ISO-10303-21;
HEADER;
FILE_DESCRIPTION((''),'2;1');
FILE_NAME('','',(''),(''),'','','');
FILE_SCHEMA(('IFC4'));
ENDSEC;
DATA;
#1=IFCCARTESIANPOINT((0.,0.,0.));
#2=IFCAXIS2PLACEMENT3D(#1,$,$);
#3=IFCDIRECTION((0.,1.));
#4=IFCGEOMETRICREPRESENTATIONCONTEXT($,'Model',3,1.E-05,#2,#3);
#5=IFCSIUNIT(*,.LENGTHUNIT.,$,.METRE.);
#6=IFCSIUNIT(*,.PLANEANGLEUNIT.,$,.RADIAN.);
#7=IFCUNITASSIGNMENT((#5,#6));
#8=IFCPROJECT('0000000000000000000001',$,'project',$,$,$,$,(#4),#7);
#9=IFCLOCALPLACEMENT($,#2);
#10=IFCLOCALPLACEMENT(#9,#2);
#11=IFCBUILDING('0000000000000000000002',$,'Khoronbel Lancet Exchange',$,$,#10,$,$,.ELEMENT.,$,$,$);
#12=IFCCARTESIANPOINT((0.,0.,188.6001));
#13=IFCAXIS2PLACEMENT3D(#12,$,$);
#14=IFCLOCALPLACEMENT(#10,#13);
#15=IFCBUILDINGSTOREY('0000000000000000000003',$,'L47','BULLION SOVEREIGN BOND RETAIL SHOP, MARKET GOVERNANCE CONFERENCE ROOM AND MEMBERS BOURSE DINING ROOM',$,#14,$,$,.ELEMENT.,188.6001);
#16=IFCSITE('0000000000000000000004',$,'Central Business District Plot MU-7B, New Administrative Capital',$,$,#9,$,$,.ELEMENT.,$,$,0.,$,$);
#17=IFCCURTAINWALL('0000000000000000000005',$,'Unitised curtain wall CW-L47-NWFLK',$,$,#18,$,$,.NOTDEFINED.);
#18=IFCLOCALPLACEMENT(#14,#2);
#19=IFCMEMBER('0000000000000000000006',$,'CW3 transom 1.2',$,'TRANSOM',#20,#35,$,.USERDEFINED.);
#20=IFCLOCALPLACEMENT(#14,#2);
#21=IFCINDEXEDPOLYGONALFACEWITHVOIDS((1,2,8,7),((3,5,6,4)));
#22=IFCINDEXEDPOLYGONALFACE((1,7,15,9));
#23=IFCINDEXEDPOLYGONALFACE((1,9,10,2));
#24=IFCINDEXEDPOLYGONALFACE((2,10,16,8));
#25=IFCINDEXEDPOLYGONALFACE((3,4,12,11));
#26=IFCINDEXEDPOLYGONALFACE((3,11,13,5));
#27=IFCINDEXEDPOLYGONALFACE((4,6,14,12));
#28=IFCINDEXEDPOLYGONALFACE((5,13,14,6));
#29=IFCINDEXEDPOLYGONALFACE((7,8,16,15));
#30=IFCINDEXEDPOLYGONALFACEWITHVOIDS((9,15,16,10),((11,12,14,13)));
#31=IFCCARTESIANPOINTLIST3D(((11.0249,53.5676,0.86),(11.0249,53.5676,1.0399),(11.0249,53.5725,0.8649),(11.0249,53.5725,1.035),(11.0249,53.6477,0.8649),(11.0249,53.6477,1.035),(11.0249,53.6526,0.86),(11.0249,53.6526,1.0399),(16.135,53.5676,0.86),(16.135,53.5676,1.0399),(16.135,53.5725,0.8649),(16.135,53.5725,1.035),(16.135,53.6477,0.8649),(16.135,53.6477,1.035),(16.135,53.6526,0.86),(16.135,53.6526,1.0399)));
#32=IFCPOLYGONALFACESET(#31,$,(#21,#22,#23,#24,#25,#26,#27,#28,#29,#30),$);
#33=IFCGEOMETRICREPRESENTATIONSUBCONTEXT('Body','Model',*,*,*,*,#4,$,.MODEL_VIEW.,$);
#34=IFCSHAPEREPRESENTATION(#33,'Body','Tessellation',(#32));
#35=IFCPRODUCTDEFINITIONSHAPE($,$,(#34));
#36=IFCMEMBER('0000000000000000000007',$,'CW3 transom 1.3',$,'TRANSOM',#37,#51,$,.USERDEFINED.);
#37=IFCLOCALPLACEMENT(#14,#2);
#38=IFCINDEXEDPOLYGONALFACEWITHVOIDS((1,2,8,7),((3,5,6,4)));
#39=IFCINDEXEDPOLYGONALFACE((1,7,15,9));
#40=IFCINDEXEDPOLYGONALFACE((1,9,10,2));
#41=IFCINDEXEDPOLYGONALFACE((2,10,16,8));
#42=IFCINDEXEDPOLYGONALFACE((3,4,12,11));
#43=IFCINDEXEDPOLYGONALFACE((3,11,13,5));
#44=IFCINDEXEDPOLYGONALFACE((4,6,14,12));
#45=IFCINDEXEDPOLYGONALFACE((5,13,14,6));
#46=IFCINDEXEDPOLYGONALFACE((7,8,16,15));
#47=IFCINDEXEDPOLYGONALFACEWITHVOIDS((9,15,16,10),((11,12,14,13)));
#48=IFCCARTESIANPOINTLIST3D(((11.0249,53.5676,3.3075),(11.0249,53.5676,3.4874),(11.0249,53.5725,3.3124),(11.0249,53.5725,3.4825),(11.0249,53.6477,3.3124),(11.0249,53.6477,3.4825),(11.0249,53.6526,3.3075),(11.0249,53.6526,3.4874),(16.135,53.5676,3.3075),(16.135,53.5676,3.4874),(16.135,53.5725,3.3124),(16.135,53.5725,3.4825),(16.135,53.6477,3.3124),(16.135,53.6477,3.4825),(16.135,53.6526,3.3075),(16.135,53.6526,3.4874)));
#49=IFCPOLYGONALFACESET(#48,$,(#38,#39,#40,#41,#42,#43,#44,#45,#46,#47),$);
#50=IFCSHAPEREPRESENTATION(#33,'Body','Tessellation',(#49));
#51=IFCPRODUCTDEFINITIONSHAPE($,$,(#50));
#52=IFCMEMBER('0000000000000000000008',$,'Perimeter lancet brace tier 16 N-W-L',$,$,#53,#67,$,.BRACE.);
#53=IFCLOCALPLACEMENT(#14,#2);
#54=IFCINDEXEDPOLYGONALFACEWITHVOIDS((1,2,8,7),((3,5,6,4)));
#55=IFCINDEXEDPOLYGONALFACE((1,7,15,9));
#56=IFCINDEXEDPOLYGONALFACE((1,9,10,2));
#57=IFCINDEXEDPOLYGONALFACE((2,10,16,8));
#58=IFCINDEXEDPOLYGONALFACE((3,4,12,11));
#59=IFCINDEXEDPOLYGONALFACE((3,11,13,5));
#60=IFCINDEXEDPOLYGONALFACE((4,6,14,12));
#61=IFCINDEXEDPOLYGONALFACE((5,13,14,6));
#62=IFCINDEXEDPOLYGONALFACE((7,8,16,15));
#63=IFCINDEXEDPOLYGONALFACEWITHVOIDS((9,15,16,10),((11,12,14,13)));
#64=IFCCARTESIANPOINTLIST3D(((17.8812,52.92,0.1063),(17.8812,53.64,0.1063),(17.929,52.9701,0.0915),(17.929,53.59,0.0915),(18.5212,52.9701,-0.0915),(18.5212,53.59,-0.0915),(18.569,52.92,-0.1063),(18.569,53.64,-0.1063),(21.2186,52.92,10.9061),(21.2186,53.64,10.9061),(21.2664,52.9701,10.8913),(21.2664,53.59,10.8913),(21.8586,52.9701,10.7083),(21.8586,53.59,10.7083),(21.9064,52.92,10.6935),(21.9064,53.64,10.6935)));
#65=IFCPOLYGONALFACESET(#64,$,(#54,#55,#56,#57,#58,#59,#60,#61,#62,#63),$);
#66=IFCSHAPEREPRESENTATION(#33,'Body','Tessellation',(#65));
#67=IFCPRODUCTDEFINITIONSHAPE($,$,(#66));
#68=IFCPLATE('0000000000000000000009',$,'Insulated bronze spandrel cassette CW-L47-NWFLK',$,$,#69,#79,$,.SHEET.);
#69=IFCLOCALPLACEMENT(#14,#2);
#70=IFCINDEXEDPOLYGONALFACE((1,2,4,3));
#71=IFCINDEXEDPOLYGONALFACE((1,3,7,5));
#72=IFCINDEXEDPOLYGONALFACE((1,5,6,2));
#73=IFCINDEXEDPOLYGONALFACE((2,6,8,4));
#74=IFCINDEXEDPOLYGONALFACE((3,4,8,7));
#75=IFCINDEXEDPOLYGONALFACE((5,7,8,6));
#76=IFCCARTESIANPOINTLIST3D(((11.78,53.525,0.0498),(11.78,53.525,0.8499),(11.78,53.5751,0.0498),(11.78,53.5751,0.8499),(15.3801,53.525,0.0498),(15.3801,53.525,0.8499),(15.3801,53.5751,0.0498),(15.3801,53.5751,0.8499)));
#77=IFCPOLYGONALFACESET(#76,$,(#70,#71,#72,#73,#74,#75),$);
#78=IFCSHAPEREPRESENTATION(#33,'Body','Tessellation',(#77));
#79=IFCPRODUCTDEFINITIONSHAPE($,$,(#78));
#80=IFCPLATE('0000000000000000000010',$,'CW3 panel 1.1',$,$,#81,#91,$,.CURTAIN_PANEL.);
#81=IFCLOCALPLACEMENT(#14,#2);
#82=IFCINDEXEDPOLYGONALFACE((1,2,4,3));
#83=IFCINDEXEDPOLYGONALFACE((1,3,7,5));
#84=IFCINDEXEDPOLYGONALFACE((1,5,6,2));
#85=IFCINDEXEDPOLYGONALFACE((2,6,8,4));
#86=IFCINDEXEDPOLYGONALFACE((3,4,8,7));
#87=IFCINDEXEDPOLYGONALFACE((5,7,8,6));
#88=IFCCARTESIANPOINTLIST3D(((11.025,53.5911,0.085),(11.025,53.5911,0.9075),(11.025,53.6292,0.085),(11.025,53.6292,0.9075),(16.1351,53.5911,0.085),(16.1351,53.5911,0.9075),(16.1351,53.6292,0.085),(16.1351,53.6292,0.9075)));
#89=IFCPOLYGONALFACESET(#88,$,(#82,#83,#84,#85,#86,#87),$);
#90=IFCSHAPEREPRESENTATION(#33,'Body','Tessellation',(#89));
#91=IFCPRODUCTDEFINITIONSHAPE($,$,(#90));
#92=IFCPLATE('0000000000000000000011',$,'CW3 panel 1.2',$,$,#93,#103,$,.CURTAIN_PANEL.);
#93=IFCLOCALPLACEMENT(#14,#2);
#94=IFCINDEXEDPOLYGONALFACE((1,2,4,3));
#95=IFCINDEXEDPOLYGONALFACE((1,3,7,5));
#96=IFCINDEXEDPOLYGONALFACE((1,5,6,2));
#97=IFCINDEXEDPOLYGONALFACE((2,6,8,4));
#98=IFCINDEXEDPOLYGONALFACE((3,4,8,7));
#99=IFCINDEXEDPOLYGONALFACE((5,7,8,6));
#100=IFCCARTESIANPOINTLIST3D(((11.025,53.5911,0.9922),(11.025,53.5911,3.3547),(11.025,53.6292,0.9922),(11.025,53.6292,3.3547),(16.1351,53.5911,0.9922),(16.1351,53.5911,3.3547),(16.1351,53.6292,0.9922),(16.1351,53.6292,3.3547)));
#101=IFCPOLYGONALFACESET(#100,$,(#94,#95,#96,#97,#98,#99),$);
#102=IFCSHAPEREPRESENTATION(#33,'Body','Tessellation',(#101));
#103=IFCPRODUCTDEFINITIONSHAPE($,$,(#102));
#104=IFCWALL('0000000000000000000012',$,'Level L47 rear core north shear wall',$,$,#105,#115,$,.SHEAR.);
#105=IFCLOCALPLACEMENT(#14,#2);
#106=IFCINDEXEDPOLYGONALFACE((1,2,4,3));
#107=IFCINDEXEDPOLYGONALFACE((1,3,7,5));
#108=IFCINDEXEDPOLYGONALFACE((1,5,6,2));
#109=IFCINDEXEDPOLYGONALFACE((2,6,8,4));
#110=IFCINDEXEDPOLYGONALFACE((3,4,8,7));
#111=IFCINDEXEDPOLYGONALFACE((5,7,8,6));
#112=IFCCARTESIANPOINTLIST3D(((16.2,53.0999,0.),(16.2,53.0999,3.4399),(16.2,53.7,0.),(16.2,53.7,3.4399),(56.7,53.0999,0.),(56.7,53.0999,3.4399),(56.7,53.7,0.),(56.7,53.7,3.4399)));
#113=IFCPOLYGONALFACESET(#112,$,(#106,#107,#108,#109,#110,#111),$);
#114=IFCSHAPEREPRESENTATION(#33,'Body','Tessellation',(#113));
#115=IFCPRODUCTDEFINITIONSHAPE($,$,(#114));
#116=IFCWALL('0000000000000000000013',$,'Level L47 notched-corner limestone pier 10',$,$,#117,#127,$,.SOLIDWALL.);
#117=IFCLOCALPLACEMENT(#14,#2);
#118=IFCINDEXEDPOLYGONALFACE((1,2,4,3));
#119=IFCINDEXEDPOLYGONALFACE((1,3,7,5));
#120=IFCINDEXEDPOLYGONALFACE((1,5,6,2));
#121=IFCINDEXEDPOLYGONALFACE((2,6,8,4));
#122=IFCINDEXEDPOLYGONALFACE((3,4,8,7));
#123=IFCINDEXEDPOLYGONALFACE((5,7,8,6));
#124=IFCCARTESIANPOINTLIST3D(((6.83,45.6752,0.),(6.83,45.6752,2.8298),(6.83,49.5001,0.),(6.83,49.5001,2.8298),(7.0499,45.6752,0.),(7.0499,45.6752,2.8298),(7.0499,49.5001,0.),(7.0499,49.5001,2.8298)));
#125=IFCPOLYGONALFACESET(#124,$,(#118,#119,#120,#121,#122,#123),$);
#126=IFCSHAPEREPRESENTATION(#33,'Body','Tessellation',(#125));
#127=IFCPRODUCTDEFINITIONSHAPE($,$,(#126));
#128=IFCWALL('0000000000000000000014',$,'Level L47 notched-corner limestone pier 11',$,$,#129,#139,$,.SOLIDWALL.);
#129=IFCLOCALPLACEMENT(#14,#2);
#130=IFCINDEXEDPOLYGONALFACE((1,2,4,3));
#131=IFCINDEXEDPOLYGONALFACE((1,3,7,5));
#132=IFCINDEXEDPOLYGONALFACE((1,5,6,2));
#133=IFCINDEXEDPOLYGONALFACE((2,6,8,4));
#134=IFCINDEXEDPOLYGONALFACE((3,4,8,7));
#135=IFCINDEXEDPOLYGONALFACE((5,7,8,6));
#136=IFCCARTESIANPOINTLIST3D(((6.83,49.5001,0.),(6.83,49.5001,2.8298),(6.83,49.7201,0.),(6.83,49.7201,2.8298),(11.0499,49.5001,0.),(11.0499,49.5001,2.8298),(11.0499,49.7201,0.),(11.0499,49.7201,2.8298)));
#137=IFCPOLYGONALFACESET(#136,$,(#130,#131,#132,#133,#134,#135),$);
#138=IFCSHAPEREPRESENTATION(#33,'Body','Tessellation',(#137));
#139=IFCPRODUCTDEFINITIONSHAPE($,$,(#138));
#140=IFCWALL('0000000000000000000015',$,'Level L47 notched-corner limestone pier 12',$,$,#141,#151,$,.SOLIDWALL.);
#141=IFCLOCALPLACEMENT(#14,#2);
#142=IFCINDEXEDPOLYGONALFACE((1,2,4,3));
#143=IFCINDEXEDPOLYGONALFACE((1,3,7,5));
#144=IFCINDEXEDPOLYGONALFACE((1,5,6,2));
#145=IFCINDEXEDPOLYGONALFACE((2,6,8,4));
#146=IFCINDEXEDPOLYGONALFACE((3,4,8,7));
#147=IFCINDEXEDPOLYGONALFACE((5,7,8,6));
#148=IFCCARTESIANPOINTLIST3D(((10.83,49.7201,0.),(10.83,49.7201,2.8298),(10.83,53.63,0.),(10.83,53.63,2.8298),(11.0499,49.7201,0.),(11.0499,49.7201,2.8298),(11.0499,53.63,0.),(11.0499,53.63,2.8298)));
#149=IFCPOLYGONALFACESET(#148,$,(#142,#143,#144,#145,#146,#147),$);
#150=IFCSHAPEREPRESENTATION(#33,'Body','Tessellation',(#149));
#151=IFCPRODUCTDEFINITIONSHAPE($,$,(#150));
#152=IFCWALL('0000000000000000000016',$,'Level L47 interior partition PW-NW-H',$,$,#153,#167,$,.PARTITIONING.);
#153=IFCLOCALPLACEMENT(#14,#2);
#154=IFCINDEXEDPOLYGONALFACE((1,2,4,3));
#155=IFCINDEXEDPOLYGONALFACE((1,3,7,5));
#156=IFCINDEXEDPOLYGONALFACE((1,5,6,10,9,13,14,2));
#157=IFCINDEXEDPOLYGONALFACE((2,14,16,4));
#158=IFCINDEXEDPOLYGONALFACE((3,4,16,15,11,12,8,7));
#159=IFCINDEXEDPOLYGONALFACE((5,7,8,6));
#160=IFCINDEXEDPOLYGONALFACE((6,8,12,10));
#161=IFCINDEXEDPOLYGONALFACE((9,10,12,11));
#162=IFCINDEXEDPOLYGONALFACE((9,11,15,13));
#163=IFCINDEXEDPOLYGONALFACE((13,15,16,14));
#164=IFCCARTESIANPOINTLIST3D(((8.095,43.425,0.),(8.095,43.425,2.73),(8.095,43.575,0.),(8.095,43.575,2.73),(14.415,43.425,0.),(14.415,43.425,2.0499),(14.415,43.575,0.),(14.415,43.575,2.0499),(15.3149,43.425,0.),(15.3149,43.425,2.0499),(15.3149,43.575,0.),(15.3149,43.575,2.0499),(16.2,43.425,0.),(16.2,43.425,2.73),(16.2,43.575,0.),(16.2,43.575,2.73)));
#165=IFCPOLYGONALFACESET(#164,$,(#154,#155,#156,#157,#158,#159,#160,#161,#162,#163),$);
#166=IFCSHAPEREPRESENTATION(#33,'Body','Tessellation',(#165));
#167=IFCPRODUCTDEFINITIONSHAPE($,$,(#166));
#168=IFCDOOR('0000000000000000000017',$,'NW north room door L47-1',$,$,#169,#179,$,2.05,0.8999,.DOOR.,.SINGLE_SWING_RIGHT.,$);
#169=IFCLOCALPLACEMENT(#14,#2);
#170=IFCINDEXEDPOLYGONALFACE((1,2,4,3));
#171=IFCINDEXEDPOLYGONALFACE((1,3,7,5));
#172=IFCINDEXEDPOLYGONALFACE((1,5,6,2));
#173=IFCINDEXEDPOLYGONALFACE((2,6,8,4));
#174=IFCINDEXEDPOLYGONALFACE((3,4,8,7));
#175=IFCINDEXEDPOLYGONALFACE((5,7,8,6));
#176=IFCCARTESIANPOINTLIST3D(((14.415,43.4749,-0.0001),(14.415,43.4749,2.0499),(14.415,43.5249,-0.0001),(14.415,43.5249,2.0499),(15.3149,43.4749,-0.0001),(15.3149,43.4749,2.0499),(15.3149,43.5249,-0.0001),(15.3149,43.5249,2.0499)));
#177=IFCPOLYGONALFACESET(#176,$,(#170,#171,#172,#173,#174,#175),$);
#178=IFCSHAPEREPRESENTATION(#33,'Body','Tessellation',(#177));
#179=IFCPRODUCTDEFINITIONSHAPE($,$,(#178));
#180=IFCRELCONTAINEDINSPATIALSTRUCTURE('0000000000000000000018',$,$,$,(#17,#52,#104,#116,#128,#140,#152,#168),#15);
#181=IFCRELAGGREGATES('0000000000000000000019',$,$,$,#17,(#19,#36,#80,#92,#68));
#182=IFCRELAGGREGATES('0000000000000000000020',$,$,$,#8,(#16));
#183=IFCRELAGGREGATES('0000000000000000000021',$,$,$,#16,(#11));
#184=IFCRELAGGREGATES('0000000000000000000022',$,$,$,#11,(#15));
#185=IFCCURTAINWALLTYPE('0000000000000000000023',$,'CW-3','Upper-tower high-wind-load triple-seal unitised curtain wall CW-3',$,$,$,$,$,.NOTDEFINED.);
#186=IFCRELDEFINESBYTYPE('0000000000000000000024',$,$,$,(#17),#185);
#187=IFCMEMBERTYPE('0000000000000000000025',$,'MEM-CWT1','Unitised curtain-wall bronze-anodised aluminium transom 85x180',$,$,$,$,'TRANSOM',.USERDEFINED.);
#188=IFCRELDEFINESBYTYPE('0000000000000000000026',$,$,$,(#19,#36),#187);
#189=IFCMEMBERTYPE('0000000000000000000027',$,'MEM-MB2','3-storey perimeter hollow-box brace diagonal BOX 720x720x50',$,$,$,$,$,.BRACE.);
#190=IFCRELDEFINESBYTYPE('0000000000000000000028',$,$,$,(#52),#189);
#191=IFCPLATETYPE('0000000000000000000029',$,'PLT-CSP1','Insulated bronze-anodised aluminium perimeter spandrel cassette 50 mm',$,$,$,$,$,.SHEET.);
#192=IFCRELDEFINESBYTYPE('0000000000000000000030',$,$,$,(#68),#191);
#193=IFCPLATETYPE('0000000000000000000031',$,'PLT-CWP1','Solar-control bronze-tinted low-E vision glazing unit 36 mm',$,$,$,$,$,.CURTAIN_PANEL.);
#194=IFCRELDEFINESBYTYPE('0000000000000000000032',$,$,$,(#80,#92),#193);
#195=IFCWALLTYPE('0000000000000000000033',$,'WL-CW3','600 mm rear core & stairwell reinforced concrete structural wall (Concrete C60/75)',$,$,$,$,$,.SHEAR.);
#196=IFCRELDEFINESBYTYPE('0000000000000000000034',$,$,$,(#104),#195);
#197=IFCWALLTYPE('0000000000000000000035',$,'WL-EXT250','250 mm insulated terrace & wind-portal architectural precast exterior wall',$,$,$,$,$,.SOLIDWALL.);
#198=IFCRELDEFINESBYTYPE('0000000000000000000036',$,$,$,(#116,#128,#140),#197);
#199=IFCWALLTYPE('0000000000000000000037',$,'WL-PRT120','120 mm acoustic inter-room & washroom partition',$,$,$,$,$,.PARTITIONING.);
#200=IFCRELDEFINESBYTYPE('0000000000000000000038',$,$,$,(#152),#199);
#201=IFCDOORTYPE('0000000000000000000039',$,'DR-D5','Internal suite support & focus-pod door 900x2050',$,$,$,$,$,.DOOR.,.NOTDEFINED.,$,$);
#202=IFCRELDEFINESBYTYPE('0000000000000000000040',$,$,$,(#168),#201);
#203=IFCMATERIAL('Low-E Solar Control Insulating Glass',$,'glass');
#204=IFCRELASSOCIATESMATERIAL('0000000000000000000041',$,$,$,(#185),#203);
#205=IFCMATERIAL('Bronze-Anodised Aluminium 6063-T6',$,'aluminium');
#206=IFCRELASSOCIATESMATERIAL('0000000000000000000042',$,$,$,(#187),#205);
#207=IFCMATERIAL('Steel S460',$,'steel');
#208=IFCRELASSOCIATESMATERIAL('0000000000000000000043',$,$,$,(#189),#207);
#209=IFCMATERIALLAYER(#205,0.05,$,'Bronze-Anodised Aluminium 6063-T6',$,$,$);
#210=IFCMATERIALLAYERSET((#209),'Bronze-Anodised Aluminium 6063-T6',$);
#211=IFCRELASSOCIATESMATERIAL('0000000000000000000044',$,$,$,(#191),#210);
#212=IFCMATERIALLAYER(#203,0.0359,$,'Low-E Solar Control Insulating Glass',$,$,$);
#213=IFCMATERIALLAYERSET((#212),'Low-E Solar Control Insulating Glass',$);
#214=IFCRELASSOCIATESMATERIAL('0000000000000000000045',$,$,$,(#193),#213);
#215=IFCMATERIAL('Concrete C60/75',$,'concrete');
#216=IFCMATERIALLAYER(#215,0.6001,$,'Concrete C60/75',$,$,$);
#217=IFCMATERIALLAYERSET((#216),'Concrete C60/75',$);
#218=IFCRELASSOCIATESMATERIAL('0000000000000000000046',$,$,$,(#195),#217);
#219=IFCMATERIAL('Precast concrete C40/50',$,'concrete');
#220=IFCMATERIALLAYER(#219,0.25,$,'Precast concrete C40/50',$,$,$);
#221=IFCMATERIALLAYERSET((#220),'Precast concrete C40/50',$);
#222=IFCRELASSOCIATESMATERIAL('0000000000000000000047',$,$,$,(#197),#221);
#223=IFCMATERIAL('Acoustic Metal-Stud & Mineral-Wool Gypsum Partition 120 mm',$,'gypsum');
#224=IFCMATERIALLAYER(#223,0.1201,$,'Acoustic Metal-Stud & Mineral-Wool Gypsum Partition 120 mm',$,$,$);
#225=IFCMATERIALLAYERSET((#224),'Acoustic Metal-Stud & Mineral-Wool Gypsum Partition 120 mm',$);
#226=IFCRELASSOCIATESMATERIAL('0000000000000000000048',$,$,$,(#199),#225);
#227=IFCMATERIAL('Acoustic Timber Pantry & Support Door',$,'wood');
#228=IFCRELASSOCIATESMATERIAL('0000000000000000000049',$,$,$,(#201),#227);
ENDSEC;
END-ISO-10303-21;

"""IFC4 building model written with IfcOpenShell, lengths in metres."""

from ifc_helpers import new_model, si_unit, direction, frame, frame_2d, origin, origin_2d, place, context, subcontext, project, spatial, rectangle, hollow_rectangle, extrude, material, layer, layer_set, material_profile, profile_set, type_object, element, fill, aggregate, save


model = new_model("IFC4")

# Units and contexts
model_context = context("Model", 3, precision=1e-05, world=origin(), true_north=direction((0.0, 1.0)))
body_context = subcontext(model_context, "Body", "Model", "MODEL_VIEW")
ifc_project = project(units=[si_unit("LENGTHUNIT", "METRE"), si_unit("PLANEANGLEUNIT", "RADIAN")], contexts=[model_context])

# Site, building, storey
site_placement = place(None, origin())
site = spatial("IfcSite", under=ifc_project, at=site_placement, Name="Central Business District Plot MU-7B, New Administrative Capital", CompositionType="ELEMENT", RefElevation=0.0)
building_placement = place(site_placement, origin())
building = spatial("IfcBuilding", under=site, at=building_placement, Name="Khoronbel Lancet Exchange", CompositionType="ELEMENT")
storey_placement = place(building_placement, frame((0.0, 0.0, 188.6001)))
storey = spatial("IfcBuildingStorey", under=building, at=storey_placement, Name="L47", Description="BULLION SOVEREIGN BOND RETAIL SHOP, MARKET GOVERNANCE CONFERENCE ROOM AND MEMBERS BOURSE DINING ROOM", CompositionType="ELEMENT", Elevation=188.6001)

# Shared definitions
ifc_material_1 = material(Name="Steel S460", Category="steel")

# Curtain wall
ifc_material_2 = material(Name="Low-E Solar Control Insulating Glass", Category="glass")
curtain_wall_type_1 = type_object("IfcCurtainWallType", Name="CW-3", Description="Upper-tower high-wind-load triple-seal unitised curtain wall CW-3", PredefinedType="NOTDEFINED", material=ifc_material_2)
curtain_wall_1_placement = place(storey_placement, origin())
curtain_wall_1 = element("IfcCurtainWall", 1, at=curtain_wall_1_placement, inside=storey, type_object=curtain_wall_type_1, Name="Unitised curtain wall CW-L47-NWFLK", PredefinedType="NOTDEFINED")
ifc_material_3 = material(Name="Bronze-Anodised Aluminium 6063-T6", Category="aluminium")

# Members
ifc_material_profile_1 = material_profile(ifc_material_3, hollow_rectangle(XDim=0.085, YDim=0.1799, WallThickness=0.0049, at=origin_2d()), Name="ALU TRANSOM 85x180")
ifc_profile_set_1 = profile_set([ifc_material_profile_1], Name="Bronze-Anodised Aluminium 6063-T6")
member_type_1 = type_object("IfcMemberType", Name="MEM-CWT1", Description="Unitised curtain-wall bronze-anodised aluminium transom 85x180", ElementType="TRANSOM", PredefinedType="USERDEFINED", material=ifc_profile_set_1)
member_1_placement = place(storey_placement, frame((16.135, 53.6101, 0.95), z_axis=(-1.0, 0.0, 0.0), x_axis=(0.0, -1.0, 0.0)))
member_1 = element("IfcMember", 2, at=member_1_placement, type_object=member_type_1, Name="CW3 transom 1.2", ObjectType="TRANSOM", PredefinedType="USERDEFINED", context=body_context, shape_type="SweptSolid", body=[
    extrude(hollow_rectangle(XDim=0.085, YDim=0.1799, WallThickness=0.0049, at=origin_2d()), origin(), (0.0, 0.0, 1.0), 5.1101),
])
member_2_placement = place(storey_placement, frame((16.135, 53.6101, 3.3975), z_axis=(-1.0, 0.0, 0.0), x_axis=(0.0, -1.0, 0.0)))
member_2 = element("IfcMember", 3, at=member_2_placement, type_object=member_type_1, Name="CW3 transom 1.3", ObjectType="TRANSOM", PredefinedType="USERDEFINED", context=body_context, shape_type="SweptSolid", body=[
    extrude(hollow_rectangle(XDim=0.085, YDim=0.1799, WallThickness=0.0049, at=origin_2d()), origin(), (0.0, 0.0, 1.0), 5.1101),
])
ifc_material_profile_2 = material_profile(ifc_material_1, hollow_rectangle(XDim=0.72, YDim=0.72, WallThickness=0.05, at=origin_2d()), Name="BOX 720x720x50")
ifc_profile_set_2 = profile_set([ifc_material_profile_2], Name="Steel S460")
member_type_2 = type_object("IfcMemberType", Name="MEM-MB2", Description="3-storey perimeter hollow-box brace diagonal BOX 720x720x50", PredefinedType="BRACE", material=ifc_profile_set_2)
member_3_placement = place(storey_placement, frame((18.2251, 53.28, 0.0), z_axis=(0.295248, 0.0, 0.955421), x_axis=(0.0, 1.0, 0.0)))
element("IfcMember", 4, at=member_3_placement, inside=storey, type_object=member_type_2, Name="Perimeter lancet brace tier 16 N-W-L", PredefinedType="BRACE", context=body_context, shape_type="SweptSolid", body=[
    extrude(hollow_rectangle(XDim=0.72, YDim=0.72, WallThickness=0.05, at=origin_2d()), origin(), (0.0, 0.0, 1.0), 11.3037),
])

# Plates
ifc_layer_1 = layer(ifc_material_3, 0.05, Name="Bronze-Anodised Aluminium 6063-T6")
ifc_layer_set_1 = layer_set([ifc_layer_1], Name="Bronze-Anodised Aluminium 6063-T6")
plate_type_1 = type_object("IfcPlateType", Name="PLT-CSP1", Description="Insulated bronze-anodised aluminium perimeter spandrel cassette 50 mm", PredefinedType="SHEET", material=ifc_layer_set_1)
plate_1_placement = place(storey_placement, frame((13.5801, 53.55, 0.0498), z_axis=(0.0, 0.0, 1.0), x_axis=(-1.0, 0.0, 0.0)))
plate_1 = element("IfcPlate", 5, at=plate_1_placement, type_object=plate_type_1, Name="Insulated bronze spandrel cassette CW-L47-NWFLK", PredefinedType="SHEET", context=body_context, shape_type="SweptSolid", body=[
    extrude(rectangle(XDim=3.6001, YDim=0.05, at=origin_2d()), origin(), (0.0, 0.0, 1.0), 0.8),
])
ifc_layer_2 = layer(ifc_material_2, 0.0359, Name="Low-E Solar Control Insulating Glass")
ifc_layer_set_2 = layer_set([ifc_layer_2], Name="Low-E Solar Control Insulating Glass")
plate_type_2 = type_object("IfcPlateType", Name="PLT-CWP1", Description="Solar-control bronze-tinted low-E vision glazing unit 36 mm", PredefinedType="CURTAIN_PANEL", material=ifc_layer_set_2)
plate_2_placement = place(storey_placement, frame((13.5801, 53.6101, 0.085), z_axis=(0.0, 0.0, 1.0), x_axis=(-1.0, 0.0, 0.0)))
plate_2 = element("IfcPlate", 6, at=plate_2_placement, type_object=plate_type_2, Name="CW3 panel 1.1", PredefinedType="CURTAIN_PANEL", context=body_context, shape_type="SweptSolid", body=[
    extrude(rectangle(XDim=5.1101, YDim=0.0381, at=origin_2d()), origin(), (0.0, 0.0, 1.0), 0.8225),
])
plate_3_placement = place(storey_placement, frame((13.5801, 53.6101, 0.9922), z_axis=(0.0, 0.0, 1.0), x_axis=(-1.0, 0.0, 0.0)))
plate_3 = element("IfcPlate", 7, at=plate_3_placement, type_object=plate_type_2, Name="CW3 panel 1.2", PredefinedType="CURTAIN_PANEL", context=body_context, shape_type="SweptSolid", body=[
    extrude(rectangle(XDim=5.1101, YDim=0.0381, at=origin_2d()), origin(), (0.0, 0.0, 1.0), 2.3625),
])
aggregate(curtain_wall_1, [member_1, member_2, plate_2, plate_3, plate_1])

# Walls
ifc_material_4 = material(Name="Concrete C60/75", Category="concrete")
ifc_layer_3 = layer(ifc_material_4, 0.6001, Name="Concrete C60/75")
ifc_layer_set_3 = layer_set([ifc_layer_3], Name="Concrete C60/75")
wall_type_1 = type_object("IfcWallType", Name="WL-CW3", Description="600 mm rear core & stairwell reinforced concrete structural wall (Concrete C60/75)", PredefinedType="SHEAR", material=ifc_layer_set_3)
wall_1_placement = place(storey_placement, frame((16.2, 53.3999, 0.0), z_axis=(0.0, 0.0, 1.0), x_axis=(1.0, 0.0, 0.0)))
element("IfcWall", 8, at=wall_1_placement, inside=storey, type_object=wall_type_1, Name="Level L47 rear core north shear wall", PredefinedType="SHEAR", context=body_context, shape_type="SweptSolid", body=[
    extrude(rectangle(XDim=40.5, YDim=0.6001, at=frame_2d((20.25, 0.0))), origin(), (0.0, 0.0, 1.0), 3.4399),
])
ifc_material_5 = material(Name="Precast concrete C40/50", Category="concrete")
ifc_layer_4 = layer(ifc_material_5, 0.25, Name="Precast concrete C40/50")
ifc_layer_set_4 = layer_set([ifc_layer_4], Name="Precast concrete C40/50")
wall_type_2 = type_object("IfcWallType", Name="WL-EXT250", Description="250 mm insulated terrace & wind-portal architectural precast exterior wall", PredefinedType="SOLIDWALL", material=ifc_layer_set_4)
wall_2_placement = place(storey_placement, frame((6.9399, 45.675, 0.0), z_axis=(0.0, 0.0, 1.0), x_axis=(0.0, 1.0, 0.0)))
element("IfcWall", 9, at=wall_2_placement, inside=storey, type_object=wall_type_2, Name="Level L47 notched-corner limestone pier 10", PredefinedType="SOLIDWALL", context=body_context, shape_type="SweptSolid", body=[
    extrude(rectangle(XDim=3.825, YDim=0.22, at=frame_2d((1.9126, 0.0))), origin(), (0.0, 0.0, 1.0), 2.8298),
])
wall_3_placement = place(storey_placement, frame((6.8301, 49.6101, 0.0), z_axis=(0.0, 0.0, 1.0), x_axis=(1.0, 0.0, 0.0)))
element("IfcWall", 10, at=wall_3_placement, inside=storey, type_object=wall_type_2, Name="Level L47 notched-corner limestone pier 11", PredefinedType="SOLIDWALL", context=body_context, shape_type="SweptSolid", body=[
    extrude(rectangle(XDim=4.22, YDim=0.22, at=frame_2d((2.1099, 0.0))), origin(), (0.0, 0.0, 1.0), 2.8298),
])
wall_4_placement = place(storey_placement, frame((10.9399, 49.72, 0.0), z_axis=(0.0, 0.0, 1.0), x_axis=(0.0, 1.0, 0.0)))
element("IfcWall", 11, at=wall_4_placement, inside=storey, type_object=wall_type_2, Name="Level L47 notched-corner limestone pier 12", PredefinedType="SOLIDWALL", context=body_context, shape_type="SweptSolid", body=[
    extrude(rectangle(XDim=3.9099, YDim=0.22, at=frame_2d((1.9551, 0.0))), origin(), (0.0, 0.0, 1.0), 2.8298),
])

# Wall, opening, door
ifc_material_6 = material(Name="Acoustic Metal-Stud & Mineral-Wool Gypsum Partition 120 mm", Category="gypsum")
ifc_layer_5 = layer(ifc_material_6, 0.1201, Name="Acoustic Metal-Stud & Mineral-Wool Gypsum Partition 120 mm")
ifc_layer_set_5 = layer_set([ifc_layer_5], Name="Acoustic Metal-Stud & Mineral-Wool Gypsum Partition 120 mm")
wall_type_3 = type_object("IfcWallType", Name="WL-PRT120", Description="120 mm acoustic inter-room & washroom partition", PredefinedType="PARTITIONING", material=ifc_layer_set_5)
wall_5_placement = place(storey_placement, frame((8.095, 43.5, 0.0), z_axis=(0.0, 0.0, 1.0), x_axis=(1.0, 0.0, 0.0)))
wall_5 = element("IfcWall", 12, at=wall_5_placement, inside=storey, type_object=wall_type_3, Name="Level L47 interior partition PW-NW-H", PredefinedType="PARTITIONING", context=body_context, shape_type="SweptSolid", body=[
    extrude(rectangle(XDim=8.105, YDim=0.1499, at=frame_2d((4.0525, 0.0))), origin(), (0.0, 0.0, 1.0), 2.73),
])
opening_1_placement = place(wall_5_placement, frame((6.3201, 0.0, 0.0)))
opening_1 = element("IfcOpeningElement", 13, at=opening_1_placement, cuts=wall_5, PredefinedType="OPENING", context=body_context, shape_type="SweptSolid", body=[
    extrude(rectangle(XDim=0.8999, YDim=2.05, at=frame_2d((0.45, 1.0249))), frame((0.0, 0.085, 0.0), z_axis=(0.0, -1.0, 0.0), x_axis=(1.0, 0.0, 0.0)), (0.0, 0.0, 1.0), 0.1699),
])
ifc_material_7 = material(Name="Acoustic Timber Pantry & Support Door", Category="wood")
door_type_1 = type_object("IfcDoorType", Name="DR-D5", Description="Internal suite support & focus-pod door 900x2050", OperationType="NOTDEFINED", PredefinedType="DOOR", material=ifc_material_7)
door_1_placement = place(opening_1_placement, origin())
door_1 = element("IfcDoor", 14, at=door_1_placement, inside=storey, type_object=door_type_1, Name="NW north room door L47-1", OperationType="SINGLE_SWING_RIGHT", OverallHeight=2.05, OverallWidth=0.8999, PredefinedType="DOOR", context=body_context, shape_type="SweptSolid", body=[
    extrude(rectangle(XDim=0.8999, YDim=2.05, at=frame_2d((0.45, 1.0249))), frame((0.0, 0.0249, 0.0), z_axis=(0.0, -1.0, 0.0), x_axis=(1.0, 0.0, 0.0)), (0.0, 0.0, 1.0), 0.05),
])
fill(opening_1, door_1)

save(model, "model.ifc")
